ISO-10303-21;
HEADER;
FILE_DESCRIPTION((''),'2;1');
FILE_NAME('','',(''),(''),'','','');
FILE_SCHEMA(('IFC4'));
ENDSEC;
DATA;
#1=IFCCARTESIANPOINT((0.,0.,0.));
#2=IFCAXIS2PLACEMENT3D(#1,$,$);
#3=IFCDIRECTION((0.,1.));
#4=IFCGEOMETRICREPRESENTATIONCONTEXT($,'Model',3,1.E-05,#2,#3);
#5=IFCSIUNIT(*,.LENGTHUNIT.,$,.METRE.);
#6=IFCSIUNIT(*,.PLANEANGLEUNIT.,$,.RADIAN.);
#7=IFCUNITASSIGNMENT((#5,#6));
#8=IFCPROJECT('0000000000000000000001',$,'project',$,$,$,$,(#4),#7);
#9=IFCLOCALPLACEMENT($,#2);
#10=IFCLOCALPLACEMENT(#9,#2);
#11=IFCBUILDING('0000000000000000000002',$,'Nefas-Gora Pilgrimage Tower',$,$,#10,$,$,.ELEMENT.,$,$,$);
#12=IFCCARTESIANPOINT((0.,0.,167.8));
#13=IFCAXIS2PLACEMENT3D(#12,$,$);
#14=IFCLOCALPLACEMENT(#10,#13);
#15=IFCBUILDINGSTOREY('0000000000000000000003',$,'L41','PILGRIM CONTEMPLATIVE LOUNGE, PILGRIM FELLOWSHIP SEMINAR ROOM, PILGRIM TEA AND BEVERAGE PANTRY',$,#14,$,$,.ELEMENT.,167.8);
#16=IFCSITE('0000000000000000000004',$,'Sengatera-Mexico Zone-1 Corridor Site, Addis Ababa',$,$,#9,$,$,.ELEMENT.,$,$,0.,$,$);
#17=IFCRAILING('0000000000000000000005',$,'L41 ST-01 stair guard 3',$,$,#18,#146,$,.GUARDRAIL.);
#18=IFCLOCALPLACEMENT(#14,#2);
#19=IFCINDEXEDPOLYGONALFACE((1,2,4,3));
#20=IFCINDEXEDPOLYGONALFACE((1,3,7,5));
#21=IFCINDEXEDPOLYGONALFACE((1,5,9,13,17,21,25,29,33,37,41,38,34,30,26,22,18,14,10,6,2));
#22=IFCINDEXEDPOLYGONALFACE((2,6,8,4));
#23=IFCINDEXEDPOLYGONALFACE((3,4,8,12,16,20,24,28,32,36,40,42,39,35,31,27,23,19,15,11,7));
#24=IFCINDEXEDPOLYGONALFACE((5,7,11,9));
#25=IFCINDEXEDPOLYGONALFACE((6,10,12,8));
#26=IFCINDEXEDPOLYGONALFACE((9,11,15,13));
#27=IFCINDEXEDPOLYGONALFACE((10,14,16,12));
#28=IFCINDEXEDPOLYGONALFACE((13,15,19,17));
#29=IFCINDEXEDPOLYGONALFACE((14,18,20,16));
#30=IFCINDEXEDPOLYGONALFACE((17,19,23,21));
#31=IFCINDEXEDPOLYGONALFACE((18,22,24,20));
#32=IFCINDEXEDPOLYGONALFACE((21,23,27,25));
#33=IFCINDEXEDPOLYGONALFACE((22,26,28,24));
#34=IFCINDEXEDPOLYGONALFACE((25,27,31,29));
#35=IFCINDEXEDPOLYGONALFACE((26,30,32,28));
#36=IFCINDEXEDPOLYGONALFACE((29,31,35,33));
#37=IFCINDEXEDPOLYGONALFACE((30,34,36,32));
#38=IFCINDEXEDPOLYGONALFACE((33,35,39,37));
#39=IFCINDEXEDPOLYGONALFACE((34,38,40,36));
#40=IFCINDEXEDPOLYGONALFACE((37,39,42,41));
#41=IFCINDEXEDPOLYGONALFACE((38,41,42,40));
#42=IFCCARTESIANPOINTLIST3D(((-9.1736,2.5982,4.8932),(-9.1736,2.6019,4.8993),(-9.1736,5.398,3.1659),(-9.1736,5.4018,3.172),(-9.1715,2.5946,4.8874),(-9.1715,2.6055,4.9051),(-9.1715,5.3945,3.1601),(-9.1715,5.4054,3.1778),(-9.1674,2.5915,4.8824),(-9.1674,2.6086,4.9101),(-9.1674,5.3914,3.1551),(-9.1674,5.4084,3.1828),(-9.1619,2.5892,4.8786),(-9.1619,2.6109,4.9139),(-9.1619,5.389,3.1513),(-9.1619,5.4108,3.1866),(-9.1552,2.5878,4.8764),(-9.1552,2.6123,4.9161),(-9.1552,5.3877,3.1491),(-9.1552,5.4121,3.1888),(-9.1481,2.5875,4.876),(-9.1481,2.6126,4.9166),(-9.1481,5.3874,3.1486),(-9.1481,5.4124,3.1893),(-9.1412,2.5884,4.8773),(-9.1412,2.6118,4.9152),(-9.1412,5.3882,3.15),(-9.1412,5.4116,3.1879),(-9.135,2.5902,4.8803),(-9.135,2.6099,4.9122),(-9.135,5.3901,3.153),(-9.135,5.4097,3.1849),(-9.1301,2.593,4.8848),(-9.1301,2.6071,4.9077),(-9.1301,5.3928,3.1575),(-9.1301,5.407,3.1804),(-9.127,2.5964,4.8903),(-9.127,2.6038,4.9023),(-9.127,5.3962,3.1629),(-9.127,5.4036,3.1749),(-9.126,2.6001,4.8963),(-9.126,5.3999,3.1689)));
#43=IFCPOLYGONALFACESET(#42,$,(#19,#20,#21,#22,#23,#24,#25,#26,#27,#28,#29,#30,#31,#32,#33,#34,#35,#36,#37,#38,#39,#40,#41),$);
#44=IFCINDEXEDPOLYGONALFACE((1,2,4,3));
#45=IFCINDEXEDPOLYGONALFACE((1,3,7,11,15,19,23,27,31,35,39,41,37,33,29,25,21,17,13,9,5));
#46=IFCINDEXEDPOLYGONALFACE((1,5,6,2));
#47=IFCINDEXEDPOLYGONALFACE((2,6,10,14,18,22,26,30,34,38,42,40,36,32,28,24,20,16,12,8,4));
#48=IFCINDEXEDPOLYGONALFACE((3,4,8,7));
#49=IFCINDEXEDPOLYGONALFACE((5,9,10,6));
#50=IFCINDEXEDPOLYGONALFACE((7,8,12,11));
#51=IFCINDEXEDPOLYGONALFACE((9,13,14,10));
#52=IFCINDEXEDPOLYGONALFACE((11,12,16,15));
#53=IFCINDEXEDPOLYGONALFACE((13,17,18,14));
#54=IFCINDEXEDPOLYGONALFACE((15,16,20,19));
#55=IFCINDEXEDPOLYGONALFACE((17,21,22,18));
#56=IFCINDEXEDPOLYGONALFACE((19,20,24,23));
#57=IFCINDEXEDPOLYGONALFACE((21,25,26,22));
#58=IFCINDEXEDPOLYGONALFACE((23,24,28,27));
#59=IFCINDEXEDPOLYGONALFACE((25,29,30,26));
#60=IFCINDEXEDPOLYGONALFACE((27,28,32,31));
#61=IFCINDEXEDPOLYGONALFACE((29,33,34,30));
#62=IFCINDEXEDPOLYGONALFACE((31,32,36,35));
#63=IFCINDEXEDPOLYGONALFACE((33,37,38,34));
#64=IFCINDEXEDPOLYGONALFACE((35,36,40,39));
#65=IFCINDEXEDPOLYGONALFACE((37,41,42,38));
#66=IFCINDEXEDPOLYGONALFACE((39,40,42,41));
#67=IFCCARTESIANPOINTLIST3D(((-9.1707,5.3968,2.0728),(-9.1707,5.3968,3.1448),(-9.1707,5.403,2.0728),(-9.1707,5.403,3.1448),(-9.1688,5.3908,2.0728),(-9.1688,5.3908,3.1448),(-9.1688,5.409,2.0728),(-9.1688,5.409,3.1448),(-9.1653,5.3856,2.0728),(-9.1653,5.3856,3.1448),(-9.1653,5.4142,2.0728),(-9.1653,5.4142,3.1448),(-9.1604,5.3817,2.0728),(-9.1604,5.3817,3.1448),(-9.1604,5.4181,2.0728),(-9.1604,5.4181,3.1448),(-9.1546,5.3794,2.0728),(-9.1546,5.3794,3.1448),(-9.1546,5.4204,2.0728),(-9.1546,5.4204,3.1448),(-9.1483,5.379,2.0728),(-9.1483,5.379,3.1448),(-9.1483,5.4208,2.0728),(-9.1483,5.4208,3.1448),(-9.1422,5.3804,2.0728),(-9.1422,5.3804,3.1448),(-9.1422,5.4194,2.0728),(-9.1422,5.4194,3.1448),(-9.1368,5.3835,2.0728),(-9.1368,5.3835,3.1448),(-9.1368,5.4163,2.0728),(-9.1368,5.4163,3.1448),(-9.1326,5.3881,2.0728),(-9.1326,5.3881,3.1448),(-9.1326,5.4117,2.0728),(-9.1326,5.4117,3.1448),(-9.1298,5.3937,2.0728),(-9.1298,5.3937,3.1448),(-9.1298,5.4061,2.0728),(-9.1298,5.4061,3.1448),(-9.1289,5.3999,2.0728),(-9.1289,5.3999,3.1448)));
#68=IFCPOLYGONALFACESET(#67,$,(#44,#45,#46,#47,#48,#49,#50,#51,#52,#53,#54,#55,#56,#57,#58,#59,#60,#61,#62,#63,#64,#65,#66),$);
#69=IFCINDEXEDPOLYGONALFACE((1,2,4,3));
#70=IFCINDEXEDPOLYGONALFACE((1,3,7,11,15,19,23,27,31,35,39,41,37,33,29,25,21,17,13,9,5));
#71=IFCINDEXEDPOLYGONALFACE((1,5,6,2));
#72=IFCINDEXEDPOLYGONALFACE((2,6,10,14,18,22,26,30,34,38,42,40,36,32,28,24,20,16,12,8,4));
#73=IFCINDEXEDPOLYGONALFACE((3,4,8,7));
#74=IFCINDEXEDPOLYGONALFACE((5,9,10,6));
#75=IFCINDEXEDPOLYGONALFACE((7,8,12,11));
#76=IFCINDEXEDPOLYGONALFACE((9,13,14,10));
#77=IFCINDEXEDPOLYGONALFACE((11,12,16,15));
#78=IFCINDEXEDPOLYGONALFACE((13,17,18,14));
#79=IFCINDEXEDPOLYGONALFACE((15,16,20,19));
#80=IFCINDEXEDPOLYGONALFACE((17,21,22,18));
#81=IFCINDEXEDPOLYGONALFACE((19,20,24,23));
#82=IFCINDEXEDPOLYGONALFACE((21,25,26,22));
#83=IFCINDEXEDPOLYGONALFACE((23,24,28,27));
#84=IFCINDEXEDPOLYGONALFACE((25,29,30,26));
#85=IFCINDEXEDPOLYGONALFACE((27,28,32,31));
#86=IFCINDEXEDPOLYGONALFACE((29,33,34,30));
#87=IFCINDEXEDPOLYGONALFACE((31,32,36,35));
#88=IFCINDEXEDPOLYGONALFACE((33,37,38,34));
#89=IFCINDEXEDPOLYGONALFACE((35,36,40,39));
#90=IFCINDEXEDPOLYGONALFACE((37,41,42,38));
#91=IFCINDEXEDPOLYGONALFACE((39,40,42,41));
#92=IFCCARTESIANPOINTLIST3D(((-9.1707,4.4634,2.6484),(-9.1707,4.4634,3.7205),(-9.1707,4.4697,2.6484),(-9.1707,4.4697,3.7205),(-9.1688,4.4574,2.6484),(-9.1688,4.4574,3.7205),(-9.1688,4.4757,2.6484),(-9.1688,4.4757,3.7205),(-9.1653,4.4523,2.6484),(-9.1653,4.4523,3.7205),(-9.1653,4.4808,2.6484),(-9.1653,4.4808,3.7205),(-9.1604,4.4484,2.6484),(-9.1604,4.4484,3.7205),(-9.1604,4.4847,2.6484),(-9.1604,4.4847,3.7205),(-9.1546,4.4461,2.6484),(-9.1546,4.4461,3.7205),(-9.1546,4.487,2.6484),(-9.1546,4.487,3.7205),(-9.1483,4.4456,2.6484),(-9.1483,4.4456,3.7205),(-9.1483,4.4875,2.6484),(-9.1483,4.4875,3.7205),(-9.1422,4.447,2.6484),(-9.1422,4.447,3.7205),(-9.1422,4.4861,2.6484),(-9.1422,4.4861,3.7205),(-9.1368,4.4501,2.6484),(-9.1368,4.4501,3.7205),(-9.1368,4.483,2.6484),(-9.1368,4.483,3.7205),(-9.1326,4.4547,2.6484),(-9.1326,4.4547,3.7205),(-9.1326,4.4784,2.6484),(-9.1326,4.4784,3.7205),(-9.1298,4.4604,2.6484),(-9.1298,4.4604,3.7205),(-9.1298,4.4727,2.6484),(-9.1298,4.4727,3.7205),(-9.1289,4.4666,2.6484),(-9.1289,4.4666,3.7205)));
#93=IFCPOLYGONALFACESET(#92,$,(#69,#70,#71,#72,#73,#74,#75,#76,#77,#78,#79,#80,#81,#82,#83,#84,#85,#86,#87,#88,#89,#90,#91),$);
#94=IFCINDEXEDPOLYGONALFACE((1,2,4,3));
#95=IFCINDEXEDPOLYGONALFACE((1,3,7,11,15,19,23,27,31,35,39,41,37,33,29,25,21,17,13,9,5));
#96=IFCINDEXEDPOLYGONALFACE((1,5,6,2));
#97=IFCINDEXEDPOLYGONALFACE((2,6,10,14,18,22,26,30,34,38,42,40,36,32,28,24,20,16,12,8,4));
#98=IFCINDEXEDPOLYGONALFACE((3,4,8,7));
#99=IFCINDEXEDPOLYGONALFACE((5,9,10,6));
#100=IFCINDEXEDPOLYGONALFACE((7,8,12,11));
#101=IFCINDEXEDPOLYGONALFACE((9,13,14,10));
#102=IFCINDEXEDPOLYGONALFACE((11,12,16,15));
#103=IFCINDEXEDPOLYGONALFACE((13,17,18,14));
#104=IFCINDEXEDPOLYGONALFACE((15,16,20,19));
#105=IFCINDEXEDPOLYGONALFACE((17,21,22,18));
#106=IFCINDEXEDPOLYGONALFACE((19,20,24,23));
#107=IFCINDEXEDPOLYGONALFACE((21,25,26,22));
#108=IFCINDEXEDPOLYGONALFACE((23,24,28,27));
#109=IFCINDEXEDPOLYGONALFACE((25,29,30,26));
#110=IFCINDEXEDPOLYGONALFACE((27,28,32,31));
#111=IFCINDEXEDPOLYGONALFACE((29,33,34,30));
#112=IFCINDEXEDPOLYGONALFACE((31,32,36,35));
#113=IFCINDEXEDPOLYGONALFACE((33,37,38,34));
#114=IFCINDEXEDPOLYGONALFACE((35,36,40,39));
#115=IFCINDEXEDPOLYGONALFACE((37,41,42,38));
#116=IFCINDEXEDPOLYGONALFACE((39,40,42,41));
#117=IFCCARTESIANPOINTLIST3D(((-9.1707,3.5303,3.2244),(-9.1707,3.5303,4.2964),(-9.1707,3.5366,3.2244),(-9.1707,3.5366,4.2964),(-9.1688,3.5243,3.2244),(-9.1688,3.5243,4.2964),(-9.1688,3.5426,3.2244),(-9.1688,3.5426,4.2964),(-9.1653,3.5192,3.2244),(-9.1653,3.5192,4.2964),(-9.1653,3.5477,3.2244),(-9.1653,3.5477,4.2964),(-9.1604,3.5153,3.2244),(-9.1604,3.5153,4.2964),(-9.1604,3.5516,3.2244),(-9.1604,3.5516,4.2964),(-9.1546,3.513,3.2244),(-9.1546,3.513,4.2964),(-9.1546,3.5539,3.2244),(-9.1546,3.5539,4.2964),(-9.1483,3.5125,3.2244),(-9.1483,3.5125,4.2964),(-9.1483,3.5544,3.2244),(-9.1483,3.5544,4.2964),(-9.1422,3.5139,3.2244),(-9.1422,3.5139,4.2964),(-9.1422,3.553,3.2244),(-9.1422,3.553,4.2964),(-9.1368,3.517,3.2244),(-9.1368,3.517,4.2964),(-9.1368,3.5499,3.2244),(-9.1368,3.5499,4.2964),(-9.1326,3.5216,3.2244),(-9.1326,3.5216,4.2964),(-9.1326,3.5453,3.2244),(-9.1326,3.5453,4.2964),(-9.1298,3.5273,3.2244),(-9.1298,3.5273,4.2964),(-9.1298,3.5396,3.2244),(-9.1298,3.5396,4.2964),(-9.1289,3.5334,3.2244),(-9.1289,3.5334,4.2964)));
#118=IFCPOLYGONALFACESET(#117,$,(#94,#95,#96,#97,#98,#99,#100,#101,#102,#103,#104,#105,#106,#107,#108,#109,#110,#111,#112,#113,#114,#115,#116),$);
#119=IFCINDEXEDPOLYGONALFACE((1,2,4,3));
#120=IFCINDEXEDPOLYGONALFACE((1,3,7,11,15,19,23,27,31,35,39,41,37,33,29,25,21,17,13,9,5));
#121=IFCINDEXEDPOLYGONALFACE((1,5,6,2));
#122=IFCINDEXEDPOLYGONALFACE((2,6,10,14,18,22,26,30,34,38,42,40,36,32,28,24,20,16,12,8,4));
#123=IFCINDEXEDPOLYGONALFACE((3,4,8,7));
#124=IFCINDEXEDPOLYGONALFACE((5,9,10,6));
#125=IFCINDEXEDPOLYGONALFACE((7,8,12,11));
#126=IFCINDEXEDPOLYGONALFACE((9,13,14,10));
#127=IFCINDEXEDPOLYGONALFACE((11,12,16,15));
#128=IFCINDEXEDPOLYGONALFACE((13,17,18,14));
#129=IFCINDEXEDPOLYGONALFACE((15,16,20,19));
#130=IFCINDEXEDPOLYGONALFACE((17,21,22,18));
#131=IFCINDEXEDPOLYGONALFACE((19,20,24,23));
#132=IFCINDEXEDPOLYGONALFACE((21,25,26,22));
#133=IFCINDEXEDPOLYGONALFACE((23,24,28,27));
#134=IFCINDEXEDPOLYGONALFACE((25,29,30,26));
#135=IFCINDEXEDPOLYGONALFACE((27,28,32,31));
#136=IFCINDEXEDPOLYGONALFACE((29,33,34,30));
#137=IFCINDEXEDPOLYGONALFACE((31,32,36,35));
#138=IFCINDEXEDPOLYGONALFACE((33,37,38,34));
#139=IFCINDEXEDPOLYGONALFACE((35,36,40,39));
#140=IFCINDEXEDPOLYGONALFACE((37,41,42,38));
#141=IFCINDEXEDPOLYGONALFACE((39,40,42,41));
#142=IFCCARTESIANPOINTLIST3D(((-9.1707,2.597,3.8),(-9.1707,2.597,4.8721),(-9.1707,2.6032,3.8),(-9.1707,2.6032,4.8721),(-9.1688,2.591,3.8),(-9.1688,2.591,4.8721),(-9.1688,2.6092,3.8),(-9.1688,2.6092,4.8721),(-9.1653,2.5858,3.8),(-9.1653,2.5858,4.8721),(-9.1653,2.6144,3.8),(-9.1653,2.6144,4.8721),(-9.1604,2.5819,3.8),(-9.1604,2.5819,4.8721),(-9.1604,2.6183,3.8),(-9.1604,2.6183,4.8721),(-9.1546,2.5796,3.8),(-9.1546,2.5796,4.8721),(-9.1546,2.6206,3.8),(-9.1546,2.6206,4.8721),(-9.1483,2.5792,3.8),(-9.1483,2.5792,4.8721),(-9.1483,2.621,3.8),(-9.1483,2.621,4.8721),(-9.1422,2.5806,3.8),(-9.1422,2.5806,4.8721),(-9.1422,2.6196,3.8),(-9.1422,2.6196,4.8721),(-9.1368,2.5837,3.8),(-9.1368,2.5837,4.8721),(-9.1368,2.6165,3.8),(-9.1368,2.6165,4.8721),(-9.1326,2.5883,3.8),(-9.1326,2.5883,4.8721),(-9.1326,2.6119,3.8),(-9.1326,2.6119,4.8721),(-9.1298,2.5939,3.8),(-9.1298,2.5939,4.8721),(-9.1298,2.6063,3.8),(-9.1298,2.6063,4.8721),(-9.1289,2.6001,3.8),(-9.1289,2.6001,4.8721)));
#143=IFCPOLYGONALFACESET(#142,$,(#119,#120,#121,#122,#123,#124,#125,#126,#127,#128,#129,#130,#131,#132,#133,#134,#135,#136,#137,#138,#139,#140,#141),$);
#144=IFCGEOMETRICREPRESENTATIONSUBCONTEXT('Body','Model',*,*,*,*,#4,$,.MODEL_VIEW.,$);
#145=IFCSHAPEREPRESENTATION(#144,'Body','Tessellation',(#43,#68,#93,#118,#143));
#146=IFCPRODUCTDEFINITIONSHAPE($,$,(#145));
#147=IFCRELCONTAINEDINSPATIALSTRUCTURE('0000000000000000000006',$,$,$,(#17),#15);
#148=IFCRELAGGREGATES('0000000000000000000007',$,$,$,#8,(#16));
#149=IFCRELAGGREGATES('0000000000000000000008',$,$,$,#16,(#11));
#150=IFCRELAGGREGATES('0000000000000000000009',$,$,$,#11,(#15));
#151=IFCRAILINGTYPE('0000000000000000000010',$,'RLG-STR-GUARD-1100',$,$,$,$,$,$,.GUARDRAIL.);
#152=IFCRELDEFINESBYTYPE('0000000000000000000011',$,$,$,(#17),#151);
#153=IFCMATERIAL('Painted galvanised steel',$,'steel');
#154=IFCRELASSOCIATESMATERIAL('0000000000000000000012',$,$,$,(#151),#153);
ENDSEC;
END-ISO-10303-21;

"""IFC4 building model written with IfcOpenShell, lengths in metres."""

from ifc_helpers import new_model, si_unit, direction, frame, origin, origin_2d, place, context, subcontext, project, spatial, circle, extrude, material, type_object, element, save


model = new_model("IFC4")

# Units and contexts
model_context = context("Model", 3, precision=1e-05, world=origin(), true_north=direction((0.0, 1.0)))
body_context = subcontext(model_context, "Body", "Model", "MODEL_VIEW")
ifc_project = project(units=[si_unit("LENGTHUNIT", "METRE"), si_unit("PLANEANGLEUNIT", "RADIAN")], contexts=[model_context])

# Site, building, storey
site_placement = place(None, origin())
site = spatial("IfcSite", under=ifc_project, at=site_placement, Name="Sengatera-Mexico Zone-1 Corridor Site, Addis Ababa", CompositionType="ELEMENT", RefElevation=0.0)
building_placement = place(site_placement, origin())
building = spatial("IfcBuilding", under=site, at=building_placement, Name="Nefas-Gora Pilgrimage Tower", CompositionType="ELEMENT")
storey_placement = place(building_placement, frame((0.0, 0.0, 167.8)))
storey = spatial("IfcBuildingStorey", under=building, at=storey_placement, Name="L41", Description="PILGRIM CONTEMPLATIVE LOUNGE, PILGRIM FELLOWSHIP SEMINAR ROOM, PILGRIM TEA AND BEVERAGE PANTRY", CompositionType="ELEMENT", Elevation=167.8)

# Railing
ifc_material_1 = material(Name="Painted galvanised steel", Category="steel")
railing_type_1 = type_object("IfcRailingType", Name="RLG-STR-GUARD-1100", PredefinedType="GUARDRAIL", material=ifc_material_1)
railing_1_placement = place(storey_placement, frame((-9.1499, 5.3999, 2.0728)))
element("IfcRailing", 1, at=railing_1_placement, inside=storey, type_object=railing_type_1, Name="L41 ST-01 stair guard 3", PredefinedType="GUARDRAIL", context=body_context, shape_type="SweptSolid", body=[
    extrude(circle(Radius=0.0239, at=origin_2d()), frame((0.0, 0.0, 1.0962), z_axis=(0.0, -0.851069, 0.525054), x_axis=(1.0, 0.0, 0.0)), (0.0, 0.0, 1.0), 3.2898),
    extrude(circle(Radius=0.021, at=origin_2d()), origin(), (0.0, 0.0, 1.0), 1.072),
    extrude(circle(Radius=0.021, at=origin_2d()), frame((0.0, -0.9333, 0.5757)), (0.0, 0.0, 1.0), 1.072),
    extrude(circle(Radius=0.021, at=origin_2d()), frame((0.0, -1.8665, 1.1516)), (0.0, 0.0, 1.0), 1.072),
    extrude(circle(Radius=0.021, at=origin_2d()), frame((0.0, -2.7998, 1.7273)), (0.0, 0.0, 1.0), 1.072),
])

save(model, "model.ifc")
